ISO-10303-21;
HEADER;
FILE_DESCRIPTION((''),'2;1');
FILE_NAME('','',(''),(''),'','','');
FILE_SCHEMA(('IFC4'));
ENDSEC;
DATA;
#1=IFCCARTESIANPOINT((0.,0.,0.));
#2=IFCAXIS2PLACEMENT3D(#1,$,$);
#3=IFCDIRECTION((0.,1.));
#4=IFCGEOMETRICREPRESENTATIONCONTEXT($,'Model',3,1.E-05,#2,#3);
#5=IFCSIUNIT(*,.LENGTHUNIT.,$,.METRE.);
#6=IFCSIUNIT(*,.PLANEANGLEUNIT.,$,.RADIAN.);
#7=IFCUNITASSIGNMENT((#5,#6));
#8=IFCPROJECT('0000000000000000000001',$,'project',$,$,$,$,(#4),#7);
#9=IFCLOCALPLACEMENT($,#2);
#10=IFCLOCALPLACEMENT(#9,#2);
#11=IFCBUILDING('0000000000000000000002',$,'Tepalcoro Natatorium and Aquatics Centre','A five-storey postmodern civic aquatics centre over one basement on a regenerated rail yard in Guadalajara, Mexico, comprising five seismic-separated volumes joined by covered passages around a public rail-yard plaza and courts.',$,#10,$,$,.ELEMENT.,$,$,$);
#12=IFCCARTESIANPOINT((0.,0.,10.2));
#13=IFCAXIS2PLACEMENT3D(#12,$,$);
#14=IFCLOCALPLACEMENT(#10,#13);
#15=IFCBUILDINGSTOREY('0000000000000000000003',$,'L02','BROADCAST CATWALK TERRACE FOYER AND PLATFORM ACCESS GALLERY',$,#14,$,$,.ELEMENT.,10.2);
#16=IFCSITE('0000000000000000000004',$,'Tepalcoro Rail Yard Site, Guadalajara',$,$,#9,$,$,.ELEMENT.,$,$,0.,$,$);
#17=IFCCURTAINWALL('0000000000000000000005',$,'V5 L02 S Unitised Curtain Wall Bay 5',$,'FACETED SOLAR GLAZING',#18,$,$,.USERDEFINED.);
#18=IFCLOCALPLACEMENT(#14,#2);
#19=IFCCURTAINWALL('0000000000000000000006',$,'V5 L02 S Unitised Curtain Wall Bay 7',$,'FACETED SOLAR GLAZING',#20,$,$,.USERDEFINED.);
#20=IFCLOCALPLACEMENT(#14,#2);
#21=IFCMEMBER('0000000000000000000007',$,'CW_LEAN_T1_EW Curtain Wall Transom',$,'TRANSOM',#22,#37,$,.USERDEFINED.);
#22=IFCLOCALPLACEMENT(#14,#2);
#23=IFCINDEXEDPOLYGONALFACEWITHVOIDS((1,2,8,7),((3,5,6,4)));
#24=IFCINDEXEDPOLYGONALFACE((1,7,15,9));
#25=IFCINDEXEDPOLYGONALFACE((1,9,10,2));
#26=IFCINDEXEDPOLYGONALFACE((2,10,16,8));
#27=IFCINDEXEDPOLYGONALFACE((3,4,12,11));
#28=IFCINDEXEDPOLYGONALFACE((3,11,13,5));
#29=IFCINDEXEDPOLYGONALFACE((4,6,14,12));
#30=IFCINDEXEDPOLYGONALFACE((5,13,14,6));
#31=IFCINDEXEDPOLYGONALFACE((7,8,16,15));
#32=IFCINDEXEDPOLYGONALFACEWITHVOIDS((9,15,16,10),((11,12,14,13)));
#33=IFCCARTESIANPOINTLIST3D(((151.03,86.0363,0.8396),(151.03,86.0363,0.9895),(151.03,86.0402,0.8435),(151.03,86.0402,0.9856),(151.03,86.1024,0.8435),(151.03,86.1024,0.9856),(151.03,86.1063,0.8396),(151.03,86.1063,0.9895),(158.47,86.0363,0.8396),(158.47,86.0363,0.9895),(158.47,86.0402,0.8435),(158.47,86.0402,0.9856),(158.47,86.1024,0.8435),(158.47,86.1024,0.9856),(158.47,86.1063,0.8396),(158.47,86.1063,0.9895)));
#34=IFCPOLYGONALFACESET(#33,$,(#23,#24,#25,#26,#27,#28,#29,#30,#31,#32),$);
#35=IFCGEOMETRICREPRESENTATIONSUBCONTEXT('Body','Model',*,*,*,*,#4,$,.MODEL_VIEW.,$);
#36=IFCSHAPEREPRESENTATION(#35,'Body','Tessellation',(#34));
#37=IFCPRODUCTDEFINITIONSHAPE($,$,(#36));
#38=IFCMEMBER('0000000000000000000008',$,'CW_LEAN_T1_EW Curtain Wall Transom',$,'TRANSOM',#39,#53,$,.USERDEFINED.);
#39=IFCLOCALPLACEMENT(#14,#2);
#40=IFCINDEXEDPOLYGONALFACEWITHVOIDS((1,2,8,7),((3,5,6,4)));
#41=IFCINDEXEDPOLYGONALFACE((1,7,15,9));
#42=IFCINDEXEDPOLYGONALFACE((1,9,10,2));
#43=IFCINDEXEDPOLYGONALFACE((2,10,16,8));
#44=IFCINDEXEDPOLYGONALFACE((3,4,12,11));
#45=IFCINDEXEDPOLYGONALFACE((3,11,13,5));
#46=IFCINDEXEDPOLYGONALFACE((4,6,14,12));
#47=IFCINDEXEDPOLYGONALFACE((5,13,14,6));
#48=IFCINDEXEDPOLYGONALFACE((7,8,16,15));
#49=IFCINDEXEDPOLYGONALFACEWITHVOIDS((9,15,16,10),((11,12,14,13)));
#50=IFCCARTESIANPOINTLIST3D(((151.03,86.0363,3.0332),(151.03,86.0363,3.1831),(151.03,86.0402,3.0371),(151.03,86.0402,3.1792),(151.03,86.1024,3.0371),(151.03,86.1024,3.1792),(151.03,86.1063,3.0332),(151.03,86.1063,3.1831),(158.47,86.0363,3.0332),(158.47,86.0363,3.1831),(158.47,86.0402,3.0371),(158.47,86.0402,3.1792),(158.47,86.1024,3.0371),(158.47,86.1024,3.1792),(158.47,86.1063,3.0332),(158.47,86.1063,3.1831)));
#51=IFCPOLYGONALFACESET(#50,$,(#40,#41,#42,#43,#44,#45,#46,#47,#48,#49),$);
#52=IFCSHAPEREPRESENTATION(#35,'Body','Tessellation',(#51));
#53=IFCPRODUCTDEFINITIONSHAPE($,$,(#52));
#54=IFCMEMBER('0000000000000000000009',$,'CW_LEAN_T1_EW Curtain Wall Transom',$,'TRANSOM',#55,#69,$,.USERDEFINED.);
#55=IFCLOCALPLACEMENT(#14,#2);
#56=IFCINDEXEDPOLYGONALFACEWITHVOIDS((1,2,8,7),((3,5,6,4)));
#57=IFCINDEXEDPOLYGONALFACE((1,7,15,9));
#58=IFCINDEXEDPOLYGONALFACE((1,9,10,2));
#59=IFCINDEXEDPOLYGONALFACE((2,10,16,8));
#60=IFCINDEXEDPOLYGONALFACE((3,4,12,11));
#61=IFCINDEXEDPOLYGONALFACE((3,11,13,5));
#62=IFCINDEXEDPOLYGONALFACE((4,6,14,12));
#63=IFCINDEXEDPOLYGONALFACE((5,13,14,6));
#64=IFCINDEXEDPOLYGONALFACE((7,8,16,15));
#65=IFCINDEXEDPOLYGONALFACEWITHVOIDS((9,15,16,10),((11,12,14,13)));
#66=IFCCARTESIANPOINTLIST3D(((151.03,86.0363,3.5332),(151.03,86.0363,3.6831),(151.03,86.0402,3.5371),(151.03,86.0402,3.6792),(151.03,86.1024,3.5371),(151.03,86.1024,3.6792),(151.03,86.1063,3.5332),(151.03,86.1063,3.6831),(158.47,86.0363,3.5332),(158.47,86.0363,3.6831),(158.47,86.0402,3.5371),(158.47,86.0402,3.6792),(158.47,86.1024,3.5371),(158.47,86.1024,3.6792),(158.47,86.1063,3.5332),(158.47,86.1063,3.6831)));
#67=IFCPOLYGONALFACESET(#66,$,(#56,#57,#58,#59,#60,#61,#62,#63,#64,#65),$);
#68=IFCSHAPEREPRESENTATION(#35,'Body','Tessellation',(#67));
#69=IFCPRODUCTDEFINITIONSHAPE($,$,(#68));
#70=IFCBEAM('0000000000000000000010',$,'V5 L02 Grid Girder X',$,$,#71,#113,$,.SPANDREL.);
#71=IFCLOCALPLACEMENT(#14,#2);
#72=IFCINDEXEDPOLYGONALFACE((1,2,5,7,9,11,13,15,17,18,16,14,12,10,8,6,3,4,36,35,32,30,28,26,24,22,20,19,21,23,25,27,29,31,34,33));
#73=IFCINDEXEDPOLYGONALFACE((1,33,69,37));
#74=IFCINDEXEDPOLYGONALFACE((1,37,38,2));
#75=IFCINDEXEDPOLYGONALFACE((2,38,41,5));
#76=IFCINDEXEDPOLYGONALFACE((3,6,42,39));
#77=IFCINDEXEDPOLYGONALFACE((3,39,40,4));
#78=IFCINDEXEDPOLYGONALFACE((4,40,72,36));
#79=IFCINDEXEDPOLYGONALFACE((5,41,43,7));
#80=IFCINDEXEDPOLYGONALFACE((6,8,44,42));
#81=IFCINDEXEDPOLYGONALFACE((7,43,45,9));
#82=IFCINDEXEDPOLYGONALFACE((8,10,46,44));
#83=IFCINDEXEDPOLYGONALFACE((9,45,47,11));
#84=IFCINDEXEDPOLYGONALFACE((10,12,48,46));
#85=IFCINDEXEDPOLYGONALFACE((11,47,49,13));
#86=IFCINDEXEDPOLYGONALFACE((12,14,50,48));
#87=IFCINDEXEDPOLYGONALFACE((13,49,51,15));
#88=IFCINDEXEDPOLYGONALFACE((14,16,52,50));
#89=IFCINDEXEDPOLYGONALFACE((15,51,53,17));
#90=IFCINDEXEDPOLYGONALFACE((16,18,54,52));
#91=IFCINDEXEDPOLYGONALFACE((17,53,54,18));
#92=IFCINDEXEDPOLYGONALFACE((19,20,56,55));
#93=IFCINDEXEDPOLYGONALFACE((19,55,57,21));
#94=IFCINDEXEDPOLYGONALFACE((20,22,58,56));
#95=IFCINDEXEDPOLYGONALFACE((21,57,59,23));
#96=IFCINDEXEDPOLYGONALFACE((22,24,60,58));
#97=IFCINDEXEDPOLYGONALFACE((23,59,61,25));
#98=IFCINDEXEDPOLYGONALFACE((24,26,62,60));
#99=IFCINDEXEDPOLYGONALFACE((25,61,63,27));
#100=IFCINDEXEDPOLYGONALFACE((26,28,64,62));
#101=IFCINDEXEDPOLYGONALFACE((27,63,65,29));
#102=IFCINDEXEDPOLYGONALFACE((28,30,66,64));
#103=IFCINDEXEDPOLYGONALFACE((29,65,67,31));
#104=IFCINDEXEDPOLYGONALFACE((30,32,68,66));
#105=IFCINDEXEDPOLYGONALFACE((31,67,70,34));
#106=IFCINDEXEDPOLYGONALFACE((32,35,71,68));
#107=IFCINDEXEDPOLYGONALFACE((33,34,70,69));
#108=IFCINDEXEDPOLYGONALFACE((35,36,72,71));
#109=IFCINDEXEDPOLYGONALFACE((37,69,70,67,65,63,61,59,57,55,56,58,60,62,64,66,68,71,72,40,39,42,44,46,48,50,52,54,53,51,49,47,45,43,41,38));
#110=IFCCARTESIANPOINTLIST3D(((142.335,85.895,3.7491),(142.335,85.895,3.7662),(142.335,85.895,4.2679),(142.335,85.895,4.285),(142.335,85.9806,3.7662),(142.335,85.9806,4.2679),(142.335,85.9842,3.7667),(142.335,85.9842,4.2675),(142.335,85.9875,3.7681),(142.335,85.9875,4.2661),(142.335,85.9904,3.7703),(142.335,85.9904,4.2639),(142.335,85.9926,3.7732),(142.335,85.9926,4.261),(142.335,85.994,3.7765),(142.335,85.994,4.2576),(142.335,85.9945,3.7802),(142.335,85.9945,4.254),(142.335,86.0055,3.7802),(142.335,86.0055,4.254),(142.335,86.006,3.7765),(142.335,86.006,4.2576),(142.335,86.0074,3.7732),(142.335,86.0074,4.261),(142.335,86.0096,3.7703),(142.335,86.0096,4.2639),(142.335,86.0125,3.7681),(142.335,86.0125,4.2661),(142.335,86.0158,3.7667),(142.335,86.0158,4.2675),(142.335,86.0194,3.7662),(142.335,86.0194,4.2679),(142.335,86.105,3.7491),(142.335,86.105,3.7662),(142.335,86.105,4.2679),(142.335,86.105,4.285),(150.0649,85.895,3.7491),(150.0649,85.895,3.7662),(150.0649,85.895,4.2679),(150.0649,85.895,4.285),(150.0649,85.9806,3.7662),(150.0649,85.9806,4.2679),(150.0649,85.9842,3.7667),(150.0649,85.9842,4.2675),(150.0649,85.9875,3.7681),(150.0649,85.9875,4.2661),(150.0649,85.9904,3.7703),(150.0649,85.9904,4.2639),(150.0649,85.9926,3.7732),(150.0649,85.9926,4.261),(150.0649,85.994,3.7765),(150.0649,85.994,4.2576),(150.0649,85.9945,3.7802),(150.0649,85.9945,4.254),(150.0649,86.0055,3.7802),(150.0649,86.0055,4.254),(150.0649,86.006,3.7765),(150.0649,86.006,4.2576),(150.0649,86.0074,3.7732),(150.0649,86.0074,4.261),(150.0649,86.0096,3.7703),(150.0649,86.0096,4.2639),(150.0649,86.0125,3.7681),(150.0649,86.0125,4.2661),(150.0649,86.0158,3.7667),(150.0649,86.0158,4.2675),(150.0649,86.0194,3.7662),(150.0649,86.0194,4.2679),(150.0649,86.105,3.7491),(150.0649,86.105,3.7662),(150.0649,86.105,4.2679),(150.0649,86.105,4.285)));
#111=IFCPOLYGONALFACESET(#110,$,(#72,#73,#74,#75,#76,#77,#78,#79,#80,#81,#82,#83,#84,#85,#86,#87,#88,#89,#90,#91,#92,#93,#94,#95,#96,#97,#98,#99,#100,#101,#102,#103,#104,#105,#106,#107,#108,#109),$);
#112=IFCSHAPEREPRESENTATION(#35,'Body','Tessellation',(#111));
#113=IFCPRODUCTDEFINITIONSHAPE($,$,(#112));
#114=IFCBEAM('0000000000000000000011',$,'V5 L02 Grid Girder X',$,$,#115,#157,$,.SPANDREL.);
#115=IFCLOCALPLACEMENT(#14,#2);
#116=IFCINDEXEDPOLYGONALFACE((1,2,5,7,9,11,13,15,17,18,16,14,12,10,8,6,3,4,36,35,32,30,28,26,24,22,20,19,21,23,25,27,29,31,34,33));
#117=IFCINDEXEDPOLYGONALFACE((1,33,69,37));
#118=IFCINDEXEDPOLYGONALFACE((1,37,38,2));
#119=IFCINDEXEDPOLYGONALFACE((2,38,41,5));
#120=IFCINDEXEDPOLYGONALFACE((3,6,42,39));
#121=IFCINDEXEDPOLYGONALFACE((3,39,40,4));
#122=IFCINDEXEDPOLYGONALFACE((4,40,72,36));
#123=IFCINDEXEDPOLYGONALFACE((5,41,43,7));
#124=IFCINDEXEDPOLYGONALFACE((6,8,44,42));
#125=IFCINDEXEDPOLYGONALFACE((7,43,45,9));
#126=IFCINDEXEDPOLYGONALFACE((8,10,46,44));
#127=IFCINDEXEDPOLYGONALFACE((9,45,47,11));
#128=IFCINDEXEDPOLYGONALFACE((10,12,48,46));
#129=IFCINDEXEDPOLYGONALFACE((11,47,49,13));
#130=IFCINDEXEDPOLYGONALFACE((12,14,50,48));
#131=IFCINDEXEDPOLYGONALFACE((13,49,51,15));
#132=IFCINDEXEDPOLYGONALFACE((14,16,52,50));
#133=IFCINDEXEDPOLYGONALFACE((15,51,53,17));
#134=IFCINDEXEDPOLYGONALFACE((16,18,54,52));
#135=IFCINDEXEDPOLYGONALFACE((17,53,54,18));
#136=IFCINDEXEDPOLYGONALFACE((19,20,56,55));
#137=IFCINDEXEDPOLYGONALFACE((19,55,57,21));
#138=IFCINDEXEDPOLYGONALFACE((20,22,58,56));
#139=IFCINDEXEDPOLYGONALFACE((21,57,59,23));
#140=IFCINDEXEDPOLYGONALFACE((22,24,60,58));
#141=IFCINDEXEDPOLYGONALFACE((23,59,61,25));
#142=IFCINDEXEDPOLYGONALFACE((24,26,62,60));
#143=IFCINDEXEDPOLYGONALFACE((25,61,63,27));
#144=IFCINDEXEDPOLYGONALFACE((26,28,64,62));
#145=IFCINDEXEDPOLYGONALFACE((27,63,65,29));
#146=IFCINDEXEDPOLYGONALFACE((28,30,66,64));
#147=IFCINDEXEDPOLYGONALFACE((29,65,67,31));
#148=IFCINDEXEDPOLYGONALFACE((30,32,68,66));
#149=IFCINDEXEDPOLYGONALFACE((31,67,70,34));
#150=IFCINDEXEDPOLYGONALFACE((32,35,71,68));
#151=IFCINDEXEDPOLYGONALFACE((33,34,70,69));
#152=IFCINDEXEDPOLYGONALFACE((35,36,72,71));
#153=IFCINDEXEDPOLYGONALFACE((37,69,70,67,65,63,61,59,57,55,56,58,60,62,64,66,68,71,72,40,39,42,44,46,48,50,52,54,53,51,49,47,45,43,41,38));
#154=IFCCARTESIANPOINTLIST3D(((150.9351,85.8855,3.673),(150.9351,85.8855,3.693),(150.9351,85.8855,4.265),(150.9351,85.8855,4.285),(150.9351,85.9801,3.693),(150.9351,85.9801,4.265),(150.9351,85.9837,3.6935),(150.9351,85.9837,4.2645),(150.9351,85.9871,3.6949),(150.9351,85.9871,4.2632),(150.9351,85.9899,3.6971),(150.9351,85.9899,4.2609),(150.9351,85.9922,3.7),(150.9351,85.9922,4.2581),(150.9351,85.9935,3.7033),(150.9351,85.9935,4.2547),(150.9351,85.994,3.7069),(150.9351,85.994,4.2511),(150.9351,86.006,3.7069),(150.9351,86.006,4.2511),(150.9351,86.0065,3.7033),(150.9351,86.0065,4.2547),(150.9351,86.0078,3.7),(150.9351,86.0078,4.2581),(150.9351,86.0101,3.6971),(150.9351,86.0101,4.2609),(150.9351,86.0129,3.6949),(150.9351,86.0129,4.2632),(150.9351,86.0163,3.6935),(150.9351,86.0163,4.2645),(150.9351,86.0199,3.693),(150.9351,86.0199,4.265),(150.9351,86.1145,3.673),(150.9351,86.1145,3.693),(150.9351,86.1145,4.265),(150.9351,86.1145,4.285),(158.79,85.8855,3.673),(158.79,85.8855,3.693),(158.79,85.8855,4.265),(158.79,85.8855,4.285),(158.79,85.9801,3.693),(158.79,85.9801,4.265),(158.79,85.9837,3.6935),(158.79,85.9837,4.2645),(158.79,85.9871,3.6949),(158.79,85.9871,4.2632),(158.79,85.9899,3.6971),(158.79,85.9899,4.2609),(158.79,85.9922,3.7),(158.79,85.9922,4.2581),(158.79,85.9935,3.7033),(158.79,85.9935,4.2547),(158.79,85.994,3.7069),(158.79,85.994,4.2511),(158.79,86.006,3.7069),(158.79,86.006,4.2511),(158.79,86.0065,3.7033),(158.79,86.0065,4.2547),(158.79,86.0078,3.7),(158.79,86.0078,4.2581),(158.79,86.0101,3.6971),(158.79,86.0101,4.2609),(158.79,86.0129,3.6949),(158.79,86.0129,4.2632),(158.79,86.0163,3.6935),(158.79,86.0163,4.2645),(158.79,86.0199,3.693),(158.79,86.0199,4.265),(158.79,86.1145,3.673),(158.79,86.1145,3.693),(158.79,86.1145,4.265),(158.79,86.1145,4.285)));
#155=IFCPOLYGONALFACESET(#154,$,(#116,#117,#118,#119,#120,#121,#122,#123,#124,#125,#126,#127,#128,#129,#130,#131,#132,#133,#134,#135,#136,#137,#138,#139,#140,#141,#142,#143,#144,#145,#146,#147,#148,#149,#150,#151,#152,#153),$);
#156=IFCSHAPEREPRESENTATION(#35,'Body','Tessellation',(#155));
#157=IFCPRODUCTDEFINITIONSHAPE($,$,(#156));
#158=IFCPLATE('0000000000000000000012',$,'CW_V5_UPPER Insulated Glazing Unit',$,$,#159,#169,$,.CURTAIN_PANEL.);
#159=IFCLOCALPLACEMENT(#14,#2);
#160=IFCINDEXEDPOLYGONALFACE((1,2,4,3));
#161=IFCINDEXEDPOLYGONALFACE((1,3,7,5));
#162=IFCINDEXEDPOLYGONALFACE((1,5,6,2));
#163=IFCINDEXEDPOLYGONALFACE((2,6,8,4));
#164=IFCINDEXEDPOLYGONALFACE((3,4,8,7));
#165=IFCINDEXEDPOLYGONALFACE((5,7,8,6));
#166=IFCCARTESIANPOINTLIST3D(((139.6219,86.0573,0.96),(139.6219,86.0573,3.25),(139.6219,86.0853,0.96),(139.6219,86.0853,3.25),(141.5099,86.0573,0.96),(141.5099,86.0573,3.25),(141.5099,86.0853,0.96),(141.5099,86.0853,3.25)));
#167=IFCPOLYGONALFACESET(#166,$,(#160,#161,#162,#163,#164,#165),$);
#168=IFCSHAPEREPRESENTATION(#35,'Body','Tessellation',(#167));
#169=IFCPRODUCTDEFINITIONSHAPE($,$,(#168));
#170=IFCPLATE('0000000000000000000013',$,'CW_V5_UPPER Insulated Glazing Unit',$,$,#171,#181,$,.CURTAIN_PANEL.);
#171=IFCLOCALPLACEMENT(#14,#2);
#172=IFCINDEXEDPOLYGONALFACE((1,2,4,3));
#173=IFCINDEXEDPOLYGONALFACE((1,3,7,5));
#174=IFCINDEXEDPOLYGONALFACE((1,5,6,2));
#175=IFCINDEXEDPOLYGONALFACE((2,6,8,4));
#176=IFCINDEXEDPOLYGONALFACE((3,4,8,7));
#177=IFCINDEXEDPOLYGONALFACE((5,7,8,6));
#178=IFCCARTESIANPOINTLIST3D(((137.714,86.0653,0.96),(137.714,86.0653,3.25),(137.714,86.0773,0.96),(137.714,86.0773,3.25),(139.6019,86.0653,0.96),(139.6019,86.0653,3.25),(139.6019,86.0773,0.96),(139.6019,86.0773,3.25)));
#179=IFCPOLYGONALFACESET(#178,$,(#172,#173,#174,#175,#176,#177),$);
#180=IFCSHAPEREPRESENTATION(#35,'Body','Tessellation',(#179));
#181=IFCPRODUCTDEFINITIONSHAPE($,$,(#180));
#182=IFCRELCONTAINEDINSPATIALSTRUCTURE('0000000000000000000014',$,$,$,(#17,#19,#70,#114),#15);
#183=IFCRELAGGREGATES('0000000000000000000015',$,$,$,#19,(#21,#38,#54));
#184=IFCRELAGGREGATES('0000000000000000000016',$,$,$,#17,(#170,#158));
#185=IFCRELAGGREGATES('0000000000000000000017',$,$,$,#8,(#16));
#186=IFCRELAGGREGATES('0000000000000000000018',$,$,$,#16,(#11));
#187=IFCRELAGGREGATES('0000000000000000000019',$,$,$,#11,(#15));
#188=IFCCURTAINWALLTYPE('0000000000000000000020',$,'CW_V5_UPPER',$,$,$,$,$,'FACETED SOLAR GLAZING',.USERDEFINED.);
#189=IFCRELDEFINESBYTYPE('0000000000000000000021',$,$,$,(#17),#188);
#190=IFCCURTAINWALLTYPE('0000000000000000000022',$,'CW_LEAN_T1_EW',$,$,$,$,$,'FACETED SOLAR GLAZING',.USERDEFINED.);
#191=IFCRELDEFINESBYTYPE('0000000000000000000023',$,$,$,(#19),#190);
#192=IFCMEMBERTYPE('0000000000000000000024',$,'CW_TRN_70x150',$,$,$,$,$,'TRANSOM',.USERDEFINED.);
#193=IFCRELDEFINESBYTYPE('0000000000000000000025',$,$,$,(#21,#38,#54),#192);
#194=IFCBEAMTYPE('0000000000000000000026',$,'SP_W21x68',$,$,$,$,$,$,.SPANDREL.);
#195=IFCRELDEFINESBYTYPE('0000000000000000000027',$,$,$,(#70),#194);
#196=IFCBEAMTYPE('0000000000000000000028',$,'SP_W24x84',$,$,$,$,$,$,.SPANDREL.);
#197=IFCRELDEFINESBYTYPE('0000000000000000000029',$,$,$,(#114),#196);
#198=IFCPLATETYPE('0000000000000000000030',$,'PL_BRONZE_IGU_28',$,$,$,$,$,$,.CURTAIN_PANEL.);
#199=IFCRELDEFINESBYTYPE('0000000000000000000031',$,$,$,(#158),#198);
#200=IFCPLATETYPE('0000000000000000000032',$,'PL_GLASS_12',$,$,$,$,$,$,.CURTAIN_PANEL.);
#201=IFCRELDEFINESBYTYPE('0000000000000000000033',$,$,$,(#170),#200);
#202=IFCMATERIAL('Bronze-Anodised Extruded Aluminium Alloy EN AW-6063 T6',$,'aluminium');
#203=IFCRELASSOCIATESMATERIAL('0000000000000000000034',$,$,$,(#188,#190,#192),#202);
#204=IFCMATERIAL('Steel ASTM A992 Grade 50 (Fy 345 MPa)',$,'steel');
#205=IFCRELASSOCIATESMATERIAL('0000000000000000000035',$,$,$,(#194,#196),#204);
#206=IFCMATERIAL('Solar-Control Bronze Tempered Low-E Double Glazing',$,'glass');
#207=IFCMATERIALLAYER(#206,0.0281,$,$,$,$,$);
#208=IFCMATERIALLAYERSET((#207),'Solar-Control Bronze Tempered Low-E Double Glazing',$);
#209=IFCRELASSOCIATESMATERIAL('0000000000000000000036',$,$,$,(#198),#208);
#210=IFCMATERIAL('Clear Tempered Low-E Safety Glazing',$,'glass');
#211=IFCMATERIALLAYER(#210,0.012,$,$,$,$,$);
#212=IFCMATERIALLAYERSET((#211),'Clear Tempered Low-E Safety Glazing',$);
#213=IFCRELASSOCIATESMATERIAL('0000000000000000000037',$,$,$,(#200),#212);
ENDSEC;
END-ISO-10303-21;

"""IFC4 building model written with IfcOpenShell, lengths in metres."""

from ifc_helpers import new_model, si_unit, direction, frame, origin, origin_2d, place, context, subcontext, project, spatial, rectangle, hollow_rectangle, i_section, extrude, material, layer, layer_set, material_profile, profile_set, type_object, element, aggregate, save


model = new_model("IFC4")

# Units and contexts
model_context = context("Model", 3, precision=1e-05, world=origin(), true_north=direction((0.0, 1.0)))
body_context = subcontext(model_context, "Body", "Model", "MODEL_VIEW")
ifc_project = project(units=[si_unit("LENGTHUNIT", "METRE"), si_unit("PLANEANGLEUNIT", "RADIAN")], contexts=[model_context])

# Site, building, storey
site_placement = place(None, origin())
site = spatial("IfcSite", under=ifc_project, at=site_placement, Name="Tepalcoro Rail Yard Site, Guadalajara", CompositionType="ELEMENT", RefElevation=0.0)
building_placement = place(site_placement, origin())
building = spatial("IfcBuilding", under=site, at=building_placement, Name="Tepalcoro Natatorium and Aquatics Centre", Description="A five-storey postmodern civic aquatics centre over one basement on a regenerated rail yard in Guadalajara, Mexico, comprising five seismic-separated volumes joined by covered passages around a public rail-yard plaza and courts.", CompositionType="ELEMENT")
storey_placement = place(building_placement, frame((0.0, 0.0, 10.2)))
storey = spatial("IfcBuildingStorey", under=building, at=storey_placement, Name="L02", Description="BROADCAST CATWALK TERRACE FOYER AND PLATFORM ACCESS GALLERY", CompositionType="ELEMENT", Elevation=10.2)

# Curtain walls, members
ifc_material_1 = material(Name="Bronze-Anodised Extruded Aluminium Alloy EN AW-6063 T6", Category="aluminium")
curtain_wall_type_1 = type_object("IfcCurtainWallType", Name="CW_V5_UPPER", ElementType="FACETED SOLAR GLAZING", PredefinedType="USERDEFINED", material=ifc_material_1)
curtain_wall_1_placement = place(storey_placement, origin())
curtain_wall_1 = element("IfcCurtainWall", 1, at=curtain_wall_1_placement, inside=storey, type_object=curtain_wall_type_1, Name="V5 L02 S Unitised Curtain Wall Bay 5", ObjectType="FACETED SOLAR GLAZING", PredefinedType="USERDEFINED")
curtain_wall_type_2 = type_object("IfcCurtainWallType", Name="CW_LEAN_T1_EW", ElementType="FACETED SOLAR GLAZING", PredefinedType="USERDEFINED", material=ifc_material_1)
curtain_wall_2_placement = place(storey_placement, origin())
curtain_wall_2 = element("IfcCurtainWall", 2, at=curtain_wall_2_placement, inside=storey, type_object=curtain_wall_type_2, Name="V5 L02 S Unitised Curtain Wall Bay 7", ObjectType="FACETED SOLAR GLAZING", PredefinedType="USERDEFINED")
ifc_material_profile_1 = material_profile(ifc_material_1, hollow_rectangle(XDim=0.0701, YDim=0.1499, WallThickness=0.0039, at=origin_2d()), Name="AL70X150X4")
ifc_profile_set_1 = profile_set([ifc_material_profile_1], Name="Bronze-Anodised Extruded Aluminium Alloy EN AW-6063 T6")
member_type_1 = type_object("IfcMemberType", Name="CW_TRN_70x150", ElementType="TRANSOM", PredefinedType="USERDEFINED", material=ifc_profile_set_1)
member_1_placement = place(storey_placement, frame((151.03, 86.0713, 0.9146), z_axis=(1.0, 0.0, 0.0), x_axis=(0.0, 1.0, 0.0)))
member_1 = element("IfcMember", 3, at=member_1_placement, type_object=member_type_1, Name="CW_LEAN_T1_EW Curtain Wall Transom", ObjectType="TRANSOM", PredefinedType="USERDEFINED", context=body_context, shape_type="SweptSolid", body=[
    extrude(hollow_rectangle(XDim=0.0701, YDim=0.1499, WallThickness=0.0039, at=origin_2d()), origin(), (0.0, 0.0, 1.0), 7.4399),
])
member_2_placement = place(storey_placement, frame((151.03, 86.0713, 3.1082), z_axis=(1.0, 0.0, 0.0), x_axis=(0.0, 1.0, 0.0)))
member_2 = element("IfcMember", 4, at=member_2_placement, type_object=member_type_1, Name="CW_LEAN_T1_EW Curtain Wall Transom", ObjectType="TRANSOM", PredefinedType="USERDEFINED", context=body_context, shape_type="SweptSolid", body=[
    extrude(hollow_rectangle(XDim=0.0701, YDim=0.1499, WallThickness=0.0039, at=origin_2d()), origin(), (0.0, 0.0, 1.0), 7.4399),
])
member_3_placement = place(storey_placement, frame((151.03, 86.0713, 3.6082), z_axis=(1.0, 0.0, 0.0), x_axis=(0.0, 1.0, 0.0)))
member_3 = element("IfcMember", 5, at=member_3_placement, type_object=member_type_1, Name="CW_LEAN_T1_EW Curtain Wall Transom", ObjectType="TRANSOM", PredefinedType="USERDEFINED", context=body_context, shape_type="SweptSolid", body=[
    extrude(hollow_rectangle(XDim=0.0701, YDim=0.1499, WallThickness=0.0039, at=origin_2d()), origin(), (0.0, 0.0, 1.0), 7.4399),
])
aggregate(curtain_wall_2, [member_1, member_2, member_3])

# Beams
ifc_material_2 = material(Name="Steel ASTM A992 Grade 50 (Fy 345 MPa)", Category="steel")
ifc_material_profile_2 = material_profile(ifc_material_2, i_section(OverallWidth=0.21, OverallDepth=0.5359, WebThickness=0.011, FlangeThickness=0.0171, FilletRadius=0.0139, at=origin_2d()), Name="W21X68")
ifc_profile_set_2 = profile_set([ifc_material_profile_2], Name="Steel ASTM A992 Grade 50 (Fy 345 MPa)")
beam_type_1 = type_object("IfcBeamType", Name="SP_W21x68", PredefinedType="SPANDREL", material=ifc_profile_set_2)
beam_1_placement = place(storey_placement, frame((142.335, 86.0, 4.0171), z_axis=(1.0, 0.0, 0.0), x_axis=(0.0, 1.0, 0.0)))
element("IfcBeam", 6, at=beam_1_placement, inside=storey, type_object=beam_type_1, Name="V5 L02 Grid Girder X", PredefinedType="SPANDREL", context=body_context, shape_type="SweptSolid", body=[
    extrude(i_section(OverallWidth=0.21, OverallDepth=0.5359, WebThickness=0.011, FlangeThickness=0.0171, FilletRadius=0.0139, at=origin_2d()), origin(), (0.0, 0.0, 1.0), 7.73),
])
ifc_material_profile_3 = material_profile(ifc_material_2, i_section(OverallWidth=0.229, OverallDepth=0.6121, WebThickness=0.012, FlangeThickness=0.02, FilletRadius=0.0139, at=origin_2d()), Name="W24X84")
ifc_profile_set_3 = profile_set([ifc_material_profile_3], Name="Steel ASTM A992 Grade 50 (Fy 345 MPa)")
beam_type_2 = type_object("IfcBeamType", Name="SP_W24x84", PredefinedType="SPANDREL", material=ifc_profile_set_3)
beam_2_placement = place(storey_placement, frame((150.9351, 86.0, 3.979), z_axis=(1.0, 0.0, 0.0), x_axis=(0.0, 1.0, 0.0)))
element("IfcBeam", 7, at=beam_2_placement, inside=storey, type_object=beam_type_2, Name="V5 L02 Grid Girder X", PredefinedType="SPANDREL", context=body_context, shape_type="SweptSolid", body=[
    extrude(i_section(OverallWidth=0.229, OverallDepth=0.6121, WebThickness=0.012, FlangeThickness=0.02, FilletRadius=0.0139, at=origin_2d()), origin(), (0.0, 0.0, 1.0), 7.855),
])

# Plates
ifc_material_3 = material(Name="Solar-Control Bronze Tempered Low-E Double Glazing", Category="glass")
ifc_layer_1 = layer(ifc_material_3, 0.0281)
ifc_layer_set_1 = layer_set([ifc_layer_1], Name="Solar-Control Bronze Tempered Low-E Double Glazing")
plate_type_1 = type_object("IfcPlateType", Name="PL_BRONZE_IGU_28", PredefinedType="CURTAIN_PANEL", material=ifc_layer_set_1)
plate_1_placement = place(storey_placement, frame((140.5659, 86.0713, 0.96), z_axis=(0.0, 0.0, 1.0), x_axis=(1.0, 0.0, 0.0)))
plate_1 = element("IfcPlate", 8, at=plate_1_placement, type_object=plate_type_1, Name="CW_V5_UPPER Insulated Glazing Unit", PredefinedType="CURTAIN_PANEL", context=body_context, shape_type="SweptSolid", body=[
    extrude(rectangle(XDim=1.8879, YDim=0.0281, at=origin_2d()), origin(), (0.0, 0.0, 1.0), 2.29),
])
ifc_material_4 = material(Name="Clear Tempered Low-E Safety Glazing", Category="glass")
ifc_layer_2 = layer(ifc_material_4, 0.012)
ifc_layer_set_2 = layer_set([ifc_layer_2], Name="Clear Tempered Low-E Safety Glazing")
plate_type_2 = type_object("IfcPlateType", Name="PL_GLASS_12", PredefinedType="CURTAIN_PANEL", material=ifc_layer_set_2)
plate_2_placement = place(storey_placement, frame((138.658, 86.0713, 0.96), z_axis=(0.0, 0.0, 1.0), x_axis=(1.0, 0.0, 0.0)))
plate_2 = element("IfcPlate", 9, at=plate_2_placement, type_object=plate_type_2, Name="CW_V5_UPPER Insulated Glazing Unit", PredefinedType="CURTAIN_PANEL", context=body_context, shape_type="SweptSolid", body=[
    extrude(rectangle(XDim=1.8879, YDim=0.012, at=origin_2d()), origin(), (0.0, 0.0, 1.0), 2.29),
])
aggregate(curtain_wall_1, [plate_2, plate_1])

save(model, "model.ifc")
